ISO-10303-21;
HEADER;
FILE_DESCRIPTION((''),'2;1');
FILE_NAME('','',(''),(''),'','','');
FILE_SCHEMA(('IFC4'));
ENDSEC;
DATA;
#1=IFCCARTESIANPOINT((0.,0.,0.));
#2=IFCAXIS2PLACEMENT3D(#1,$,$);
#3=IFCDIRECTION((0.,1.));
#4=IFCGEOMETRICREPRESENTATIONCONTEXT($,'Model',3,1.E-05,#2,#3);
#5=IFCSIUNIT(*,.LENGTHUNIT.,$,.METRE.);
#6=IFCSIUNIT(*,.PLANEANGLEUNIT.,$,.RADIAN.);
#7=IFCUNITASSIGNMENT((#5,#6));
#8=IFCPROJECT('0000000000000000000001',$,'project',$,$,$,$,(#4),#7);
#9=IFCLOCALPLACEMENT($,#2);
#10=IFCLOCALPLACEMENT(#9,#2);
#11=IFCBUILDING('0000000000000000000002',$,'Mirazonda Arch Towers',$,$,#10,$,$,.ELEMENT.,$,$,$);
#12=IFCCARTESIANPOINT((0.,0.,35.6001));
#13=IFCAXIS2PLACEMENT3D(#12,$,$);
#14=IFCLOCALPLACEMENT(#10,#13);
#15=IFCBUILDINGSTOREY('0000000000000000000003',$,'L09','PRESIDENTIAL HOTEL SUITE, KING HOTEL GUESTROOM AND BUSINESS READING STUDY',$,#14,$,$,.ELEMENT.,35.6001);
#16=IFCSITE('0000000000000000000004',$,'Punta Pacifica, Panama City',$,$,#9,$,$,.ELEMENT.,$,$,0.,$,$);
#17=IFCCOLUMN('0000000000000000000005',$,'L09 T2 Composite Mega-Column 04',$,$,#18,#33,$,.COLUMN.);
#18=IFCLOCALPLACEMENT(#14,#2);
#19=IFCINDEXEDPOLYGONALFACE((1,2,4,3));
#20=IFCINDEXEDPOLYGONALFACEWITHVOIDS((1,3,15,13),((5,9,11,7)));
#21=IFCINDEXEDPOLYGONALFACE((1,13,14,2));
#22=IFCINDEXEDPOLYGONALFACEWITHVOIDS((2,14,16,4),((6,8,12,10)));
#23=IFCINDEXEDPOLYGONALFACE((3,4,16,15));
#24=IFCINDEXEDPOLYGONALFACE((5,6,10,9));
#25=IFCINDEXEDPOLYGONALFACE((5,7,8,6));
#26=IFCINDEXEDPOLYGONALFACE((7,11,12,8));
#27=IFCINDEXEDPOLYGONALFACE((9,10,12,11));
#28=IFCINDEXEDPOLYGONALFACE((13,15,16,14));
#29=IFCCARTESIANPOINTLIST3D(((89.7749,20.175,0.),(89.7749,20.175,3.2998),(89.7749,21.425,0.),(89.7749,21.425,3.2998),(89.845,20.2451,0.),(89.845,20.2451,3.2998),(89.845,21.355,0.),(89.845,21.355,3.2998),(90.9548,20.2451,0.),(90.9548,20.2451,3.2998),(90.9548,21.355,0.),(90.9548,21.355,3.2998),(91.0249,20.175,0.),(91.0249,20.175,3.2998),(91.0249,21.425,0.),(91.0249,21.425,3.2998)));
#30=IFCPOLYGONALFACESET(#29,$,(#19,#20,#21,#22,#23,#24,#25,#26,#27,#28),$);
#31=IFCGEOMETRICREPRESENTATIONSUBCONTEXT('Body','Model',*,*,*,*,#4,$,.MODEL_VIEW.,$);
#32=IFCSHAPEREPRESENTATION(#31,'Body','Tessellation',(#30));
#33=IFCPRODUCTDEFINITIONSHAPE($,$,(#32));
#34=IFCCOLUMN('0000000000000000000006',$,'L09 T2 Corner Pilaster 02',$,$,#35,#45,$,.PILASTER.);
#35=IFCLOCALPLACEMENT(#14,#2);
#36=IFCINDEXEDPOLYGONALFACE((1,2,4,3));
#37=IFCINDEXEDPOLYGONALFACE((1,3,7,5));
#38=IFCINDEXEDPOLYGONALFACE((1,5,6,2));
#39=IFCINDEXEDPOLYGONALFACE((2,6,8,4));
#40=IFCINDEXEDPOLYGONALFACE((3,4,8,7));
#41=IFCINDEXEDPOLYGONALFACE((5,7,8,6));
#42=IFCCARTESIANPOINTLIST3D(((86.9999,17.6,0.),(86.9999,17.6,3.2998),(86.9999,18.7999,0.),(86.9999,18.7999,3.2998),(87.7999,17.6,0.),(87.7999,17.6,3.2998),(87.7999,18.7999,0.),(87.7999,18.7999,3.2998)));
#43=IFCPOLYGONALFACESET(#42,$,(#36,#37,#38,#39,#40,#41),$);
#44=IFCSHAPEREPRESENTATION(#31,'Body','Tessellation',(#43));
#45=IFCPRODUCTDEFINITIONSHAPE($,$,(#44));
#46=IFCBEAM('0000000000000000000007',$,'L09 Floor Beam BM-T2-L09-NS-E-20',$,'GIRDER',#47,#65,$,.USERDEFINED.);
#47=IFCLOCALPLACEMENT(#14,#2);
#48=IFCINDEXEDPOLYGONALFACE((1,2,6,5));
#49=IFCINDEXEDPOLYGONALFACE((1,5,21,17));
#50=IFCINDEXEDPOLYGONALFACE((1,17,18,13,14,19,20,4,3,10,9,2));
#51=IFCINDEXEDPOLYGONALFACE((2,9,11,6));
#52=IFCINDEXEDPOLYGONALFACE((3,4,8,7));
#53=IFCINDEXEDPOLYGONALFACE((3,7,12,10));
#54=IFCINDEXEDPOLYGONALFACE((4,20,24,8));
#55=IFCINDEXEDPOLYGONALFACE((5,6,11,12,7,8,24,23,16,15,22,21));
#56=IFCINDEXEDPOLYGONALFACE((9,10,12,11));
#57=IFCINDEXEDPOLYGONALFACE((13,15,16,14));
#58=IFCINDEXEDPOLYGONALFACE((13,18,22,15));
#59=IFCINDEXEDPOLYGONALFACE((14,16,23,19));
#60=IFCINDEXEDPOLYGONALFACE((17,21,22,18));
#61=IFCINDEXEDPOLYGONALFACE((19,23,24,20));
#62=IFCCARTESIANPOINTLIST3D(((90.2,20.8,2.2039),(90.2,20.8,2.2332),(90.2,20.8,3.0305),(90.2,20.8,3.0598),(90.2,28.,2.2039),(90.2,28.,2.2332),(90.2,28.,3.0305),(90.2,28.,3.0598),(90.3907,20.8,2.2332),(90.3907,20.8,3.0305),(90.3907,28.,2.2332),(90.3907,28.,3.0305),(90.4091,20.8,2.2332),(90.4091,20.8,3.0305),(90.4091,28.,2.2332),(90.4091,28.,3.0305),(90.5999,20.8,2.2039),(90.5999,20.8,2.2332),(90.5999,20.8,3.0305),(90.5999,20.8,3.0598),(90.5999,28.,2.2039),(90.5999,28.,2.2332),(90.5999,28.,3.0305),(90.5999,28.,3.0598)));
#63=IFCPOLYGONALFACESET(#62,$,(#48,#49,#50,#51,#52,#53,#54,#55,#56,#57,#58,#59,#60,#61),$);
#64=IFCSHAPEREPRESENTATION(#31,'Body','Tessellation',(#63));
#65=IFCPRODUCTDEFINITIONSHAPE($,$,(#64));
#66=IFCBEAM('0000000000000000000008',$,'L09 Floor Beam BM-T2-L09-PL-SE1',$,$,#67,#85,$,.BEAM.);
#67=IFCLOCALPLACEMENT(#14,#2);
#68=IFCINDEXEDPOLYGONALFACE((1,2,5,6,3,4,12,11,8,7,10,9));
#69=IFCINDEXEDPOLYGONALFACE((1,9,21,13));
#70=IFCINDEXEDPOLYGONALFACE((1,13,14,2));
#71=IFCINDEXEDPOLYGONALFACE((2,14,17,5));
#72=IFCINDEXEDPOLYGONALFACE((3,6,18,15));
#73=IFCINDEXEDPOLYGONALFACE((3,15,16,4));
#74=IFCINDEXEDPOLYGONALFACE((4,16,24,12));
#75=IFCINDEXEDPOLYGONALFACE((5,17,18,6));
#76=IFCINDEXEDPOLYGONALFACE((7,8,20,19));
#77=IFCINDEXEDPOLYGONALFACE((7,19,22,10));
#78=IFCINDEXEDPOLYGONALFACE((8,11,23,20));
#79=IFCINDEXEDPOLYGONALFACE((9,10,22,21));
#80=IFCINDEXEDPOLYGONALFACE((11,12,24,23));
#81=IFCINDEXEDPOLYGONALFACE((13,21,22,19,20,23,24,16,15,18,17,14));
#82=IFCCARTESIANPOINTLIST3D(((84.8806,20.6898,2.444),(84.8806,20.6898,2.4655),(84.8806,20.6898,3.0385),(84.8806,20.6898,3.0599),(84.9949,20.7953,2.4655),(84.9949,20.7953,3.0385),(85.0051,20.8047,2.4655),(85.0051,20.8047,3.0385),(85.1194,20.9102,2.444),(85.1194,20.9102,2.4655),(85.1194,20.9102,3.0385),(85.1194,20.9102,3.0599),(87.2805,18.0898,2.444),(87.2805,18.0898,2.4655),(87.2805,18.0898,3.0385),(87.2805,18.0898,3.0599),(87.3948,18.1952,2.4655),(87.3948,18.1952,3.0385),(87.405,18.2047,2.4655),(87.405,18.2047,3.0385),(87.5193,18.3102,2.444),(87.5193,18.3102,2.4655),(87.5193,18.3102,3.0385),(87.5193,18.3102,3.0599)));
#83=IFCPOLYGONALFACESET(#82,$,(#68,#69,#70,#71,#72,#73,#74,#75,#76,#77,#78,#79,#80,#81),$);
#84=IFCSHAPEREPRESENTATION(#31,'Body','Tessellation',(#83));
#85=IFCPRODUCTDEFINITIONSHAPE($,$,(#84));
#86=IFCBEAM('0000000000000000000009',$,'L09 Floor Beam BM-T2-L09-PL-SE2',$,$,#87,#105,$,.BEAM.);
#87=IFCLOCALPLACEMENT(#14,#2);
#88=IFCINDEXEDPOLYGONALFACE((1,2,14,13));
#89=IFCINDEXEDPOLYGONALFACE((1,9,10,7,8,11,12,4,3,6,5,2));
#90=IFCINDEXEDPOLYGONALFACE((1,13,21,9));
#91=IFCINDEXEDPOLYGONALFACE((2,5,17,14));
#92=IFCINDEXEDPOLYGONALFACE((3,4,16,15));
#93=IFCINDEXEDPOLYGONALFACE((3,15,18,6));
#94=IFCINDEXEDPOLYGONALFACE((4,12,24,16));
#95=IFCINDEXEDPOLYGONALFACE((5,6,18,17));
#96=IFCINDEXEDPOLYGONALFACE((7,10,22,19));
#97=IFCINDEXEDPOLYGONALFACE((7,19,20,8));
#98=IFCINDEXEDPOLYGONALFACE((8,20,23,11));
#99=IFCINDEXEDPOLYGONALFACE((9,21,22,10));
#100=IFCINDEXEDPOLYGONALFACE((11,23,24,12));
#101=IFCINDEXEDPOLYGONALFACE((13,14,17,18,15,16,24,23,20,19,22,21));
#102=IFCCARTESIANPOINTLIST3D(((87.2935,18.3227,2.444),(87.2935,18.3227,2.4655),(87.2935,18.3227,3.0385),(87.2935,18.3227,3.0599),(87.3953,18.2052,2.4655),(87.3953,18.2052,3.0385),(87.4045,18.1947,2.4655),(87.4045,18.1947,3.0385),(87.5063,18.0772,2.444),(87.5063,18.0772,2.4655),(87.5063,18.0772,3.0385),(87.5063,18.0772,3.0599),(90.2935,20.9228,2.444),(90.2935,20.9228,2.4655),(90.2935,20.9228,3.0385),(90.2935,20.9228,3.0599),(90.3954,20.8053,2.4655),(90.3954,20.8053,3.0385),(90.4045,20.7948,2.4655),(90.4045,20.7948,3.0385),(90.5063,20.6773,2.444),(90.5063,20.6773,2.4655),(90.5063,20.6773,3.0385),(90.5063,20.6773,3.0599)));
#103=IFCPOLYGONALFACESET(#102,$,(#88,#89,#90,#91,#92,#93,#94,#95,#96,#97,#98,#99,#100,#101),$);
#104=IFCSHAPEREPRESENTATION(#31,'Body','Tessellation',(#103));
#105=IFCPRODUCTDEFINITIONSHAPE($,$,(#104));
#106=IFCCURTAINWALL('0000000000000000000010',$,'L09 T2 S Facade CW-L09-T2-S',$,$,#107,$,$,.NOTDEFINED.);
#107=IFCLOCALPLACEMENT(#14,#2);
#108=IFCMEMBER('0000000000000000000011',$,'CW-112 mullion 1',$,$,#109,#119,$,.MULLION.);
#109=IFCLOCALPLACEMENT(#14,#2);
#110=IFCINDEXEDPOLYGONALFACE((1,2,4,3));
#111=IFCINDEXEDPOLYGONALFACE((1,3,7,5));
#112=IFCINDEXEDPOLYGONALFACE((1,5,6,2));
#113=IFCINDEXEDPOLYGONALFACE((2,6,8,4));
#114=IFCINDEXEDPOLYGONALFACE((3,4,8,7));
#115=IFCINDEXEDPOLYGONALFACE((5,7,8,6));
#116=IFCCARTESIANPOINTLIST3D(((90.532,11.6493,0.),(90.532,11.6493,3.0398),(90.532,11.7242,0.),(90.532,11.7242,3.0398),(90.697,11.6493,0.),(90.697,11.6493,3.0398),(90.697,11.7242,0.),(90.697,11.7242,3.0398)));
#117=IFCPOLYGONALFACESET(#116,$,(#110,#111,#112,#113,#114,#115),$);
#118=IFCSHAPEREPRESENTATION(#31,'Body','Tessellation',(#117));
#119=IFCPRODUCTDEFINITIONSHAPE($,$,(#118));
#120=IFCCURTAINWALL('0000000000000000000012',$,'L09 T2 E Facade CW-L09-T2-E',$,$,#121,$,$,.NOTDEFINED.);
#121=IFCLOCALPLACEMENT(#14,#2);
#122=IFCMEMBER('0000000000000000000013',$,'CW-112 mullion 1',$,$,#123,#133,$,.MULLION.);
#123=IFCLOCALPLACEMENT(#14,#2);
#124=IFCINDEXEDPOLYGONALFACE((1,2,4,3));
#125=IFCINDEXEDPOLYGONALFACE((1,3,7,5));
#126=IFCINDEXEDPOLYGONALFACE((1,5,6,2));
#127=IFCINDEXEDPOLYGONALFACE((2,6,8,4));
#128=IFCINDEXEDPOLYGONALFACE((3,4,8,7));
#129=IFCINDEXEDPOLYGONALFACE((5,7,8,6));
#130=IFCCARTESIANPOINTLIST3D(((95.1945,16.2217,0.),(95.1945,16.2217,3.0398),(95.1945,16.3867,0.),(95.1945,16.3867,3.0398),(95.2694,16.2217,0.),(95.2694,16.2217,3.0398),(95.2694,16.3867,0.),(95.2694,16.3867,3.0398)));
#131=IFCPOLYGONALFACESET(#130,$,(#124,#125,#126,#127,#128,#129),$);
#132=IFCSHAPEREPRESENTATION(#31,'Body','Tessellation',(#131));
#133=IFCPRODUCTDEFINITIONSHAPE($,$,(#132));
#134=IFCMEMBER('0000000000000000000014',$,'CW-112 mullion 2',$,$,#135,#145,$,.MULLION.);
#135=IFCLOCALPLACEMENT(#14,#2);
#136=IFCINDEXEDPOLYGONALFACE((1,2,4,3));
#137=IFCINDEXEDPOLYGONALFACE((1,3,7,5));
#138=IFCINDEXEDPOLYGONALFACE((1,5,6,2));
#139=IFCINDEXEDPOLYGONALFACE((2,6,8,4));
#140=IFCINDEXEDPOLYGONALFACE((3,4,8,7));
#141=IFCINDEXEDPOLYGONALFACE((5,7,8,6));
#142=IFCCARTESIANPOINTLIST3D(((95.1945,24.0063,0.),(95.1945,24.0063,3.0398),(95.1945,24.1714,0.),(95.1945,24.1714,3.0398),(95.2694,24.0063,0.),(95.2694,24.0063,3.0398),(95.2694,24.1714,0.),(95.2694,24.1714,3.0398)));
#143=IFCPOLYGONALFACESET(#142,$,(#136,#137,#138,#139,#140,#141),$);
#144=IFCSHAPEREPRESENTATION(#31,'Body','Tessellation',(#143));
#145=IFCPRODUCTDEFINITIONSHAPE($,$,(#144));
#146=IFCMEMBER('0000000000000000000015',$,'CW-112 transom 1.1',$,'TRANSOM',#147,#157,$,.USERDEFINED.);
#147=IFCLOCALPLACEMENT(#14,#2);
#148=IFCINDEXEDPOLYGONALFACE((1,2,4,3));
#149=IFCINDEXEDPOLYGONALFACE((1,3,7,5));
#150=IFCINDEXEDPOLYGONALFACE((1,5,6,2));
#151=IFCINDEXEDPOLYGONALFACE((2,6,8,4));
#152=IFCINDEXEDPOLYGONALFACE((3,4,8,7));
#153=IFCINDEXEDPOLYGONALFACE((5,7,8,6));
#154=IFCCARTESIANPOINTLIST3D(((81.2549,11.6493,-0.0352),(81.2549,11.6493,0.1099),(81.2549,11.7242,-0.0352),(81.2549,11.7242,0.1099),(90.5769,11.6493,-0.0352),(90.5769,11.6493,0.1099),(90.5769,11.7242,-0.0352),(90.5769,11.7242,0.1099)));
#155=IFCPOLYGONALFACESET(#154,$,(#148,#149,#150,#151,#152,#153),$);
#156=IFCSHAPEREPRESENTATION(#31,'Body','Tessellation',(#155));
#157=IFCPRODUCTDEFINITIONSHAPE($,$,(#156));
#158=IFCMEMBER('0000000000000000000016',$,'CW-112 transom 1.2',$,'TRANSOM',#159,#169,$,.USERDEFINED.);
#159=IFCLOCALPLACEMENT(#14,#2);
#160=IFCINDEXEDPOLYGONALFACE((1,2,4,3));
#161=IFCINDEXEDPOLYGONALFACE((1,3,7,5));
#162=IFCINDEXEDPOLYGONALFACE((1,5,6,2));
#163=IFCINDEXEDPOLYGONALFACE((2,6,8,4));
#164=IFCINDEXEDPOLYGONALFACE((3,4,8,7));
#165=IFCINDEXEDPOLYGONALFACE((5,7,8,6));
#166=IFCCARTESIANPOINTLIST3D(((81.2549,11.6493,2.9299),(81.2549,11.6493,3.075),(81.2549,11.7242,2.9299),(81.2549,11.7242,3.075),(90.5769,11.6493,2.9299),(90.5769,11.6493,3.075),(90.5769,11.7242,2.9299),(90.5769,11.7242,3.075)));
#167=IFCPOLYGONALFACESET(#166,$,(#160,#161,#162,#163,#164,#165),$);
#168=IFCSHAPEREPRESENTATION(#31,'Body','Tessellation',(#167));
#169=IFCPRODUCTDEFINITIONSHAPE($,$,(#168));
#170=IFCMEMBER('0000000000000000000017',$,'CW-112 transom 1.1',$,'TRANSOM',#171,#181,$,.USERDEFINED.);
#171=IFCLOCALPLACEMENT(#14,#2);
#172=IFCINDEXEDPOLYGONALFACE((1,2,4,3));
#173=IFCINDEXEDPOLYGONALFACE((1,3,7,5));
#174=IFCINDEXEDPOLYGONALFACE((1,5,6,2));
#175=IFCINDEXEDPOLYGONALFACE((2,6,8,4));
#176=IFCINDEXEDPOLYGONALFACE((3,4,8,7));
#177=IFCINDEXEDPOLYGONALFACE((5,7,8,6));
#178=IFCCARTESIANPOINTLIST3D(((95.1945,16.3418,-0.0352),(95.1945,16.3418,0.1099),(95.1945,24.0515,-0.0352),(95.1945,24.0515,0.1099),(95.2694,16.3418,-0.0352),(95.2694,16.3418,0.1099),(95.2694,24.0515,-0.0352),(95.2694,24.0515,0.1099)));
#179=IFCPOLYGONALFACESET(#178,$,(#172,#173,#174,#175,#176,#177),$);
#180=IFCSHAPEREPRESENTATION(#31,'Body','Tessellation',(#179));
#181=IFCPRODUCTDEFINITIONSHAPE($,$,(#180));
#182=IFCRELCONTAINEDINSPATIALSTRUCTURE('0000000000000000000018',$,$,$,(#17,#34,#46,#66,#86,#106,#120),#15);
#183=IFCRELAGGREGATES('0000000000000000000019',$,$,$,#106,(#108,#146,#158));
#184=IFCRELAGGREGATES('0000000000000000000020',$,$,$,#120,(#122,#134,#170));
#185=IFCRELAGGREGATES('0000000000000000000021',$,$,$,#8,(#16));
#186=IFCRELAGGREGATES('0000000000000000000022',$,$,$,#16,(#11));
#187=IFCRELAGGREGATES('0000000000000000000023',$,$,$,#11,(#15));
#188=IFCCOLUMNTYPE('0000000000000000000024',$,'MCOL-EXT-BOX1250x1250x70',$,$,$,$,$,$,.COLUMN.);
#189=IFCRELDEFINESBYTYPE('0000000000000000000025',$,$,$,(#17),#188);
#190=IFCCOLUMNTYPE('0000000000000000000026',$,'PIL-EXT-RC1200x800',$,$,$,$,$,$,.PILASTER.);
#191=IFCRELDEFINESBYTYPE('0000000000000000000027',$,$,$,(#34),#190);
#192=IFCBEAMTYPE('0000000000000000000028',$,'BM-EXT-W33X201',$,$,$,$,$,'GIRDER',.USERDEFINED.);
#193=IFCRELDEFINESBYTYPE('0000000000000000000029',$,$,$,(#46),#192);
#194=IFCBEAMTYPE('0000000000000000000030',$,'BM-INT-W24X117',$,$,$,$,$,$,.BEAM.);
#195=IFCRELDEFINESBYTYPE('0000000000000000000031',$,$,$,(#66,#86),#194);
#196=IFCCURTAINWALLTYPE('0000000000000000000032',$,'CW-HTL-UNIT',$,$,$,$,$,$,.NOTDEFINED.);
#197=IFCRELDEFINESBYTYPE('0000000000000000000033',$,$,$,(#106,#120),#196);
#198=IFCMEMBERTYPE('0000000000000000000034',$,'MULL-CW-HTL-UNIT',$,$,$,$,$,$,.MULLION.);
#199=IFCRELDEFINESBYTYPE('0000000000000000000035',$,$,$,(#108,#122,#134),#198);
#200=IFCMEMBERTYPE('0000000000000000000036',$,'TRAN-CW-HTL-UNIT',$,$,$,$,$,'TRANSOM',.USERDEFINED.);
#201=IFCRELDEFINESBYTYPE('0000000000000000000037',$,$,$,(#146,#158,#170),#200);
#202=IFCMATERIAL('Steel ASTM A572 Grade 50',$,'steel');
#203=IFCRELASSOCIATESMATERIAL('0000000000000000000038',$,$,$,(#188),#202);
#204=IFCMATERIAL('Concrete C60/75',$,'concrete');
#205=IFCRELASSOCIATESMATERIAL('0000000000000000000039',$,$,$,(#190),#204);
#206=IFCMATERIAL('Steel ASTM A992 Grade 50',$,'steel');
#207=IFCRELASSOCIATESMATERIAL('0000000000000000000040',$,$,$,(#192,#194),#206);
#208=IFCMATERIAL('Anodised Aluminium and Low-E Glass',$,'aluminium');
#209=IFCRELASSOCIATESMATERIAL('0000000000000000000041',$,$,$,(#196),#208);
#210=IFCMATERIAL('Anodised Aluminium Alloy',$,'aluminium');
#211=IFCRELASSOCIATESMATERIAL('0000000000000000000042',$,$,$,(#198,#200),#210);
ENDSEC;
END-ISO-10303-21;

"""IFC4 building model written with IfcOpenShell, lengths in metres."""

from ifc_helpers import new_model, si_unit, direction, frame, origin, origin_2d, place, context, subcontext, project, spatial, rectangle, hollow_rectangle, i_section, extrude, material, material_profile, profile_set, type_object, element, aggregate, save


model = new_model("IFC4")

# Units and contexts
model_context = context("Model", 3, precision=1e-05, world=origin(), true_north=direction((0.0, 1.0)))
body_context = subcontext(model_context, "Body", "Model", "MODEL_VIEW")
ifc_project = project(units=[si_unit("LENGTHUNIT", "METRE"), si_unit("PLANEANGLEUNIT", "RADIAN")], contexts=[model_context])

# Site, building, storey
site_placement = place(None, origin())
site = spatial("IfcSite", under=ifc_project, at=site_placement, Name="Punta Pacifica, Panama City", CompositionType="ELEMENT", RefElevation=0.0)
building_placement = place(site_placement, origin())
building = spatial("IfcBuilding", under=site, at=building_placement, Name="Mirazonda Arch Towers", CompositionType="ELEMENT")
storey_placement = place(building_placement, frame((0.0, 0.0, 35.6001)))
storey = spatial("IfcBuildingStorey", under=building, at=storey_placement, Name="L09", Description="PRESIDENTIAL HOTEL SUITE, KING HOTEL GUESTROOM AND BUSINESS READING STUDY", CompositionType="ELEMENT", Elevation=35.6001)

# Columns
ifc_material_1 = material(Name="Steel ASTM A572 Grade 50", Category="steel")
ifc_material_profile_1 = material_profile(ifc_material_1, hollow_rectangle(XDim=1.25, YDim=1.25, WallThickness=0.0701, at=origin_2d()), Name="BOX1250x1250x70")
ifc_profile_set_1 = profile_set([ifc_material_profile_1], Name="Steel ASTM A572 Grade 50")
column_type_1 = type_object("IfcColumnType", Name="MCOL-EXT-BOX1250x1250x70", PredefinedType="COLUMN", material=ifc_profile_set_1)
column_1_placement = place(storey_placement, frame((90.3999, 20.8, 0.0), z_axis=(0.0, 0.0, 1.0), x_axis=(1.0, 0.0, 0.0)))
element("IfcColumn", 1, at=column_1_placement, inside=storey, type_object=column_type_1, Name="L09 T2 Composite Mega-Column 04", PredefinedType="COLUMN", context=body_context, shape_type="SweptSolid", body=[
    extrude(hollow_rectangle(XDim=1.25, YDim=1.25, WallThickness=0.0701, at=origin_2d()), origin(), (0.0, 0.0, 1.0), 3.2998),
])
ifc_material_2 = material(Name="Concrete C60/75", Category="concrete")
ifc_material_profile_2 = material_profile(ifc_material_2, rectangle(XDim=0.8, YDim=1.2, at=origin_2d()), Name="RC1200x800")
ifc_profile_set_2 = profile_set([ifc_material_profile_2], Name="Concrete C60/75")
column_type_2 = type_object("IfcColumnType", Name="PIL-EXT-RC1200x800", PredefinedType="PILASTER", material=ifc_profile_set_2)
column_2_placement = place(storey_placement, frame((87.3999, 18.2, 0.0), z_axis=(0.0, 0.0, 1.0), x_axis=(1.0, 0.0, 0.0)))
element("IfcColumn", 2, at=column_2_placement, inside=storey, type_object=column_type_2, Name="L09 T2 Corner Pilaster 02", PredefinedType="PILASTER", context=body_context, shape_type="SweptSolid", body=[
    extrude(rectangle(XDim=0.8, YDim=1.2, at=origin_2d()), origin(), (0.0, 0.0, 1.0), 3.2998),
])

# Beams
ifc_material_3 = material(Name="Steel ASTM A992 Grade 50", Category="steel")
ifc_material_profile_3 = material_profile(ifc_material_3, i_section(OverallWidth=0.3999, OverallDepth=0.856, WebThickness=0.0183, FlangeThickness=0.0293, at=origin_2d()), Name="W33X201")
ifc_profile_set_3 = profile_set([ifc_material_profile_3], Name="Steel ASTM A992 Grade 50")
beam_type_1 = type_object("IfcBeamType", Name="BM-EXT-W33X201", ElementType="GIRDER", PredefinedType="USERDEFINED", material=ifc_profile_set_3)
beam_1_placement = place(storey_placement, frame((90.3999, 20.8, 2.6318), z_axis=(0.0, 1.0, 0.0), x_axis=(-1.0, 0.0, 0.0)))
element("IfcBeam", 3, at=beam_1_placement, inside=storey, type_object=beam_type_1, Name="L09 Floor Beam BM-T2-L09-NS-E-20", ObjectType="GIRDER", PredefinedType="USERDEFINED", context=body_context, shape_type="SweptSolid", body=[
    extrude(i_section(OverallWidth=0.3999, OverallDepth=0.856, WebThickness=0.0183, FlangeThickness=0.0293, at=origin_2d()), origin(), (0.0, 0.0, 1.0), 7.2),
])
ifc_material_profile_4 = material_profile(ifc_material_3, i_section(OverallWidth=0.325, OverallDepth=0.616, WebThickness=0.0139, FlangeThickness=0.0215, at=origin_2d()), Name="W24X117")
ifc_profile_set_4 = profile_set([ifc_material_profile_4], Name="Steel ASTM A992 Grade 50")
beam_type_2 = type_object("IfcBeamType", Name="BM-INT-W24X117", PredefinedType="BEAM", material=ifc_profile_set_4)
beam_2_placement = place(storey_placement, frame((87.3999, 18.2, 2.752), z_axis=(-0.678251, 0.73483, 0.0), x_axis=(-0.73483, -0.678251, 0.0)))
element("IfcBeam", 4, at=beam_2_placement, inside=storey, type_object=beam_type_2, Name="L09 Floor Beam BM-T2-L09-PL-SE1", PredefinedType="BEAM", context=body_context, shape_type="SweptSolid", body=[
    extrude(i_section(OverallWidth=0.325, OverallDepth=0.616, WebThickness=0.0139, FlangeThickness=0.0215, at=origin_2d()), origin(), (0.0, 0.0, 1.0), 3.5383),
])
beam_3_placement = place(storey_placement, frame((87.3999, 18.2, 2.752), z_axis=(0.755677, 0.654945, 0.0), x_axis=(-0.654945, 0.755677, 0.0)))
element("IfcBeam", 5, at=beam_3_placement, inside=storey, type_object=beam_type_2, Name="L09 Floor Beam BM-T2-L09-PL-SE2", PredefinedType="BEAM", context=body_context, shape_type="SweptSolid", body=[
    extrude(i_section(OverallWidth=0.325, OverallDepth=0.616, WebThickness=0.0139, FlangeThickness=0.0215, at=origin_2d()), origin(), (0.0, 0.0, 1.0), 3.97),
])

# Curtain wall, member
ifc_material_4 = material(Name="Anodised Aluminium and Low-E Glass", Category="aluminium")
curtain_wall_type = type_object("IfcCurtainWallType", Name="CW-HTL-UNIT", PredefinedType="NOTDEFINED", material=ifc_material_4)
curtain_wall_1_placement = place(storey_placement, origin())
curtain_wall_1 = element("IfcCurtainWall", 6, at=curtain_wall_1_placement, inside=storey, type_object=curtain_wall_type, Name="L09 T2 S Facade CW-L09-T2-S", PredefinedType="NOTDEFINED")
ifc_material_5 = material(Name="Anodised Aluminium Alloy", Category="aluminium")
ifc_material_profile_5 = material_profile(ifc_material_5, rectangle(XDim=0.075, YDim=0.165, at=origin_2d()), Name="ALU-MULL-75x165")
ifc_profile_set_5 = profile_set([ifc_material_profile_5], Name="Anodised Aluminium Alloy")
member_type_1 = type_object("IfcMemberType", Name="MULL-CW-HTL-UNIT", PredefinedType="MULLION", material=ifc_profile_set_5)
member_1_placement = place(storey_placement, frame((90.6145, 11.6868, 0.0), z_axis=(0.0, 0.0, 1.0), x_axis=(0.0, -1.0, 0.0)))
member_1 = element("IfcMember", 7, at=member_1_placement, type_object=member_type_1, Name="CW-112 mullion 1", PredefinedType="MULLION", context=body_context, shape_type="SweptSolid", body=[
    extrude(rectangle(XDim=0.075, YDim=0.165, at=origin_2d()), origin(), (0.0, 0.0, 1.0), 3.0398),
])

# Curtain wall, members
curtain_wall_2_placement = place(storey_placement, origin())
curtain_wall_2 = element("IfcCurtainWall", 8, at=curtain_wall_2_placement, inside=storey, type_object=curtain_wall_type, Name="L09 T2 E Facade CW-L09-T2-E", PredefinedType="NOTDEFINED")
member_2_placement = place(storey_placement, frame((95.2319, 16.3042, 0.0), z_axis=(0.0, 0.0, 1.0), x_axis=(-1.0, 0.0, 0.0)))
member_2 = element("IfcMember", 9, at=member_2_placement, type_object=member_type_1, Name="CW-112 mullion 1", PredefinedType="MULLION", context=body_context, shape_type="SweptSolid", body=[
    extrude(rectangle(XDim=0.075, YDim=0.165, at=origin_2d()), origin(), (0.0, 0.0, 1.0), 3.0398),
])
member_3_placement = place(storey_placement, frame((95.2319, 24.0889, 0.0), z_axis=(0.0, 0.0, 1.0), x_axis=(-1.0, 0.0, 0.0)))
member_3 = element("IfcMember", 10, at=member_3_placement, type_object=member_type_1, Name="CW-112 mullion 2", PredefinedType="MULLION", context=body_context, shape_type="SweptSolid", body=[
    extrude(rectangle(XDim=0.075, YDim=0.165, at=origin_2d()), origin(), (0.0, 0.0, 1.0), 3.0398),
])

# Members
ifc_material_profile_6 = material_profile(ifc_material_5, rectangle(XDim=0.075, YDim=0.145, at=origin_2d()), Name="ALU-TRAN-75x145")
ifc_profile_set_6 = profile_set([ifc_material_profile_6], Name="Anodised Aluminium Alloy")
member_type_2 = type_object("IfcMemberType", Name="TRAN-CW-HTL-UNIT", ElementType="TRANSOM", PredefinedType="USERDEFINED", material=ifc_profile_set_6)
member_4_placement = place(storey_placement, frame((90.5769, 11.6868, 0.0374), z_axis=(-1.0, 0.0, 0.0), x_axis=(0.0, -1.0, 0.0)))
member_4 = element("IfcMember", 11, at=member_4_placement, type_object=member_type_2, Name="CW-112 transom 1.1", ObjectType="TRANSOM", PredefinedType="USERDEFINED", context=body_context, shape_type="SweptSolid", body=[
    extrude(rectangle(XDim=0.075, YDim=0.145, at=origin_2d()), origin(), (0.0, 0.0, 1.0), 9.322),
])
member_5_placement = place(storey_placement, frame((90.5769, 11.6868, 3.0024), z_axis=(-1.0, 0.0, 0.0), x_axis=(0.0, -1.0, 0.0)))
member_5 = element("IfcMember", 12, at=member_5_placement, type_object=member_type_2, Name="CW-112 transom 1.2", ObjectType="TRANSOM", PredefinedType="USERDEFINED", context=body_context, shape_type="SweptSolid", body=[
    extrude(rectangle(XDim=0.075, YDim=0.145, at=origin_2d()), origin(), (0.0, 0.0, 1.0), 9.322),
])
aggregate(curtain_wall_1, [member_1, member_4, member_5])
member_6_placement = place(storey_placement, frame((95.2319, 16.3418, 0.0374), z_axis=(0.0, 1.0, 0.0), x_axis=(-1.0, 0.0, 0.0)))
member_6 = element("IfcMember", 13, at=member_6_placement, type_object=member_type_2, Name="CW-112 transom 1.1", ObjectType="TRANSOM", PredefinedType="USERDEFINED", context=body_context, shape_type="SweptSolid", body=[
    extrude(rectangle(XDim=0.075, YDim=0.145, at=origin_2d()), origin(), (0.0, 0.0, 1.0), 7.7097),
])

aggregate(curtain_wall_2, [member_2, member_3, member_6])

save(model, "model.ifc")
